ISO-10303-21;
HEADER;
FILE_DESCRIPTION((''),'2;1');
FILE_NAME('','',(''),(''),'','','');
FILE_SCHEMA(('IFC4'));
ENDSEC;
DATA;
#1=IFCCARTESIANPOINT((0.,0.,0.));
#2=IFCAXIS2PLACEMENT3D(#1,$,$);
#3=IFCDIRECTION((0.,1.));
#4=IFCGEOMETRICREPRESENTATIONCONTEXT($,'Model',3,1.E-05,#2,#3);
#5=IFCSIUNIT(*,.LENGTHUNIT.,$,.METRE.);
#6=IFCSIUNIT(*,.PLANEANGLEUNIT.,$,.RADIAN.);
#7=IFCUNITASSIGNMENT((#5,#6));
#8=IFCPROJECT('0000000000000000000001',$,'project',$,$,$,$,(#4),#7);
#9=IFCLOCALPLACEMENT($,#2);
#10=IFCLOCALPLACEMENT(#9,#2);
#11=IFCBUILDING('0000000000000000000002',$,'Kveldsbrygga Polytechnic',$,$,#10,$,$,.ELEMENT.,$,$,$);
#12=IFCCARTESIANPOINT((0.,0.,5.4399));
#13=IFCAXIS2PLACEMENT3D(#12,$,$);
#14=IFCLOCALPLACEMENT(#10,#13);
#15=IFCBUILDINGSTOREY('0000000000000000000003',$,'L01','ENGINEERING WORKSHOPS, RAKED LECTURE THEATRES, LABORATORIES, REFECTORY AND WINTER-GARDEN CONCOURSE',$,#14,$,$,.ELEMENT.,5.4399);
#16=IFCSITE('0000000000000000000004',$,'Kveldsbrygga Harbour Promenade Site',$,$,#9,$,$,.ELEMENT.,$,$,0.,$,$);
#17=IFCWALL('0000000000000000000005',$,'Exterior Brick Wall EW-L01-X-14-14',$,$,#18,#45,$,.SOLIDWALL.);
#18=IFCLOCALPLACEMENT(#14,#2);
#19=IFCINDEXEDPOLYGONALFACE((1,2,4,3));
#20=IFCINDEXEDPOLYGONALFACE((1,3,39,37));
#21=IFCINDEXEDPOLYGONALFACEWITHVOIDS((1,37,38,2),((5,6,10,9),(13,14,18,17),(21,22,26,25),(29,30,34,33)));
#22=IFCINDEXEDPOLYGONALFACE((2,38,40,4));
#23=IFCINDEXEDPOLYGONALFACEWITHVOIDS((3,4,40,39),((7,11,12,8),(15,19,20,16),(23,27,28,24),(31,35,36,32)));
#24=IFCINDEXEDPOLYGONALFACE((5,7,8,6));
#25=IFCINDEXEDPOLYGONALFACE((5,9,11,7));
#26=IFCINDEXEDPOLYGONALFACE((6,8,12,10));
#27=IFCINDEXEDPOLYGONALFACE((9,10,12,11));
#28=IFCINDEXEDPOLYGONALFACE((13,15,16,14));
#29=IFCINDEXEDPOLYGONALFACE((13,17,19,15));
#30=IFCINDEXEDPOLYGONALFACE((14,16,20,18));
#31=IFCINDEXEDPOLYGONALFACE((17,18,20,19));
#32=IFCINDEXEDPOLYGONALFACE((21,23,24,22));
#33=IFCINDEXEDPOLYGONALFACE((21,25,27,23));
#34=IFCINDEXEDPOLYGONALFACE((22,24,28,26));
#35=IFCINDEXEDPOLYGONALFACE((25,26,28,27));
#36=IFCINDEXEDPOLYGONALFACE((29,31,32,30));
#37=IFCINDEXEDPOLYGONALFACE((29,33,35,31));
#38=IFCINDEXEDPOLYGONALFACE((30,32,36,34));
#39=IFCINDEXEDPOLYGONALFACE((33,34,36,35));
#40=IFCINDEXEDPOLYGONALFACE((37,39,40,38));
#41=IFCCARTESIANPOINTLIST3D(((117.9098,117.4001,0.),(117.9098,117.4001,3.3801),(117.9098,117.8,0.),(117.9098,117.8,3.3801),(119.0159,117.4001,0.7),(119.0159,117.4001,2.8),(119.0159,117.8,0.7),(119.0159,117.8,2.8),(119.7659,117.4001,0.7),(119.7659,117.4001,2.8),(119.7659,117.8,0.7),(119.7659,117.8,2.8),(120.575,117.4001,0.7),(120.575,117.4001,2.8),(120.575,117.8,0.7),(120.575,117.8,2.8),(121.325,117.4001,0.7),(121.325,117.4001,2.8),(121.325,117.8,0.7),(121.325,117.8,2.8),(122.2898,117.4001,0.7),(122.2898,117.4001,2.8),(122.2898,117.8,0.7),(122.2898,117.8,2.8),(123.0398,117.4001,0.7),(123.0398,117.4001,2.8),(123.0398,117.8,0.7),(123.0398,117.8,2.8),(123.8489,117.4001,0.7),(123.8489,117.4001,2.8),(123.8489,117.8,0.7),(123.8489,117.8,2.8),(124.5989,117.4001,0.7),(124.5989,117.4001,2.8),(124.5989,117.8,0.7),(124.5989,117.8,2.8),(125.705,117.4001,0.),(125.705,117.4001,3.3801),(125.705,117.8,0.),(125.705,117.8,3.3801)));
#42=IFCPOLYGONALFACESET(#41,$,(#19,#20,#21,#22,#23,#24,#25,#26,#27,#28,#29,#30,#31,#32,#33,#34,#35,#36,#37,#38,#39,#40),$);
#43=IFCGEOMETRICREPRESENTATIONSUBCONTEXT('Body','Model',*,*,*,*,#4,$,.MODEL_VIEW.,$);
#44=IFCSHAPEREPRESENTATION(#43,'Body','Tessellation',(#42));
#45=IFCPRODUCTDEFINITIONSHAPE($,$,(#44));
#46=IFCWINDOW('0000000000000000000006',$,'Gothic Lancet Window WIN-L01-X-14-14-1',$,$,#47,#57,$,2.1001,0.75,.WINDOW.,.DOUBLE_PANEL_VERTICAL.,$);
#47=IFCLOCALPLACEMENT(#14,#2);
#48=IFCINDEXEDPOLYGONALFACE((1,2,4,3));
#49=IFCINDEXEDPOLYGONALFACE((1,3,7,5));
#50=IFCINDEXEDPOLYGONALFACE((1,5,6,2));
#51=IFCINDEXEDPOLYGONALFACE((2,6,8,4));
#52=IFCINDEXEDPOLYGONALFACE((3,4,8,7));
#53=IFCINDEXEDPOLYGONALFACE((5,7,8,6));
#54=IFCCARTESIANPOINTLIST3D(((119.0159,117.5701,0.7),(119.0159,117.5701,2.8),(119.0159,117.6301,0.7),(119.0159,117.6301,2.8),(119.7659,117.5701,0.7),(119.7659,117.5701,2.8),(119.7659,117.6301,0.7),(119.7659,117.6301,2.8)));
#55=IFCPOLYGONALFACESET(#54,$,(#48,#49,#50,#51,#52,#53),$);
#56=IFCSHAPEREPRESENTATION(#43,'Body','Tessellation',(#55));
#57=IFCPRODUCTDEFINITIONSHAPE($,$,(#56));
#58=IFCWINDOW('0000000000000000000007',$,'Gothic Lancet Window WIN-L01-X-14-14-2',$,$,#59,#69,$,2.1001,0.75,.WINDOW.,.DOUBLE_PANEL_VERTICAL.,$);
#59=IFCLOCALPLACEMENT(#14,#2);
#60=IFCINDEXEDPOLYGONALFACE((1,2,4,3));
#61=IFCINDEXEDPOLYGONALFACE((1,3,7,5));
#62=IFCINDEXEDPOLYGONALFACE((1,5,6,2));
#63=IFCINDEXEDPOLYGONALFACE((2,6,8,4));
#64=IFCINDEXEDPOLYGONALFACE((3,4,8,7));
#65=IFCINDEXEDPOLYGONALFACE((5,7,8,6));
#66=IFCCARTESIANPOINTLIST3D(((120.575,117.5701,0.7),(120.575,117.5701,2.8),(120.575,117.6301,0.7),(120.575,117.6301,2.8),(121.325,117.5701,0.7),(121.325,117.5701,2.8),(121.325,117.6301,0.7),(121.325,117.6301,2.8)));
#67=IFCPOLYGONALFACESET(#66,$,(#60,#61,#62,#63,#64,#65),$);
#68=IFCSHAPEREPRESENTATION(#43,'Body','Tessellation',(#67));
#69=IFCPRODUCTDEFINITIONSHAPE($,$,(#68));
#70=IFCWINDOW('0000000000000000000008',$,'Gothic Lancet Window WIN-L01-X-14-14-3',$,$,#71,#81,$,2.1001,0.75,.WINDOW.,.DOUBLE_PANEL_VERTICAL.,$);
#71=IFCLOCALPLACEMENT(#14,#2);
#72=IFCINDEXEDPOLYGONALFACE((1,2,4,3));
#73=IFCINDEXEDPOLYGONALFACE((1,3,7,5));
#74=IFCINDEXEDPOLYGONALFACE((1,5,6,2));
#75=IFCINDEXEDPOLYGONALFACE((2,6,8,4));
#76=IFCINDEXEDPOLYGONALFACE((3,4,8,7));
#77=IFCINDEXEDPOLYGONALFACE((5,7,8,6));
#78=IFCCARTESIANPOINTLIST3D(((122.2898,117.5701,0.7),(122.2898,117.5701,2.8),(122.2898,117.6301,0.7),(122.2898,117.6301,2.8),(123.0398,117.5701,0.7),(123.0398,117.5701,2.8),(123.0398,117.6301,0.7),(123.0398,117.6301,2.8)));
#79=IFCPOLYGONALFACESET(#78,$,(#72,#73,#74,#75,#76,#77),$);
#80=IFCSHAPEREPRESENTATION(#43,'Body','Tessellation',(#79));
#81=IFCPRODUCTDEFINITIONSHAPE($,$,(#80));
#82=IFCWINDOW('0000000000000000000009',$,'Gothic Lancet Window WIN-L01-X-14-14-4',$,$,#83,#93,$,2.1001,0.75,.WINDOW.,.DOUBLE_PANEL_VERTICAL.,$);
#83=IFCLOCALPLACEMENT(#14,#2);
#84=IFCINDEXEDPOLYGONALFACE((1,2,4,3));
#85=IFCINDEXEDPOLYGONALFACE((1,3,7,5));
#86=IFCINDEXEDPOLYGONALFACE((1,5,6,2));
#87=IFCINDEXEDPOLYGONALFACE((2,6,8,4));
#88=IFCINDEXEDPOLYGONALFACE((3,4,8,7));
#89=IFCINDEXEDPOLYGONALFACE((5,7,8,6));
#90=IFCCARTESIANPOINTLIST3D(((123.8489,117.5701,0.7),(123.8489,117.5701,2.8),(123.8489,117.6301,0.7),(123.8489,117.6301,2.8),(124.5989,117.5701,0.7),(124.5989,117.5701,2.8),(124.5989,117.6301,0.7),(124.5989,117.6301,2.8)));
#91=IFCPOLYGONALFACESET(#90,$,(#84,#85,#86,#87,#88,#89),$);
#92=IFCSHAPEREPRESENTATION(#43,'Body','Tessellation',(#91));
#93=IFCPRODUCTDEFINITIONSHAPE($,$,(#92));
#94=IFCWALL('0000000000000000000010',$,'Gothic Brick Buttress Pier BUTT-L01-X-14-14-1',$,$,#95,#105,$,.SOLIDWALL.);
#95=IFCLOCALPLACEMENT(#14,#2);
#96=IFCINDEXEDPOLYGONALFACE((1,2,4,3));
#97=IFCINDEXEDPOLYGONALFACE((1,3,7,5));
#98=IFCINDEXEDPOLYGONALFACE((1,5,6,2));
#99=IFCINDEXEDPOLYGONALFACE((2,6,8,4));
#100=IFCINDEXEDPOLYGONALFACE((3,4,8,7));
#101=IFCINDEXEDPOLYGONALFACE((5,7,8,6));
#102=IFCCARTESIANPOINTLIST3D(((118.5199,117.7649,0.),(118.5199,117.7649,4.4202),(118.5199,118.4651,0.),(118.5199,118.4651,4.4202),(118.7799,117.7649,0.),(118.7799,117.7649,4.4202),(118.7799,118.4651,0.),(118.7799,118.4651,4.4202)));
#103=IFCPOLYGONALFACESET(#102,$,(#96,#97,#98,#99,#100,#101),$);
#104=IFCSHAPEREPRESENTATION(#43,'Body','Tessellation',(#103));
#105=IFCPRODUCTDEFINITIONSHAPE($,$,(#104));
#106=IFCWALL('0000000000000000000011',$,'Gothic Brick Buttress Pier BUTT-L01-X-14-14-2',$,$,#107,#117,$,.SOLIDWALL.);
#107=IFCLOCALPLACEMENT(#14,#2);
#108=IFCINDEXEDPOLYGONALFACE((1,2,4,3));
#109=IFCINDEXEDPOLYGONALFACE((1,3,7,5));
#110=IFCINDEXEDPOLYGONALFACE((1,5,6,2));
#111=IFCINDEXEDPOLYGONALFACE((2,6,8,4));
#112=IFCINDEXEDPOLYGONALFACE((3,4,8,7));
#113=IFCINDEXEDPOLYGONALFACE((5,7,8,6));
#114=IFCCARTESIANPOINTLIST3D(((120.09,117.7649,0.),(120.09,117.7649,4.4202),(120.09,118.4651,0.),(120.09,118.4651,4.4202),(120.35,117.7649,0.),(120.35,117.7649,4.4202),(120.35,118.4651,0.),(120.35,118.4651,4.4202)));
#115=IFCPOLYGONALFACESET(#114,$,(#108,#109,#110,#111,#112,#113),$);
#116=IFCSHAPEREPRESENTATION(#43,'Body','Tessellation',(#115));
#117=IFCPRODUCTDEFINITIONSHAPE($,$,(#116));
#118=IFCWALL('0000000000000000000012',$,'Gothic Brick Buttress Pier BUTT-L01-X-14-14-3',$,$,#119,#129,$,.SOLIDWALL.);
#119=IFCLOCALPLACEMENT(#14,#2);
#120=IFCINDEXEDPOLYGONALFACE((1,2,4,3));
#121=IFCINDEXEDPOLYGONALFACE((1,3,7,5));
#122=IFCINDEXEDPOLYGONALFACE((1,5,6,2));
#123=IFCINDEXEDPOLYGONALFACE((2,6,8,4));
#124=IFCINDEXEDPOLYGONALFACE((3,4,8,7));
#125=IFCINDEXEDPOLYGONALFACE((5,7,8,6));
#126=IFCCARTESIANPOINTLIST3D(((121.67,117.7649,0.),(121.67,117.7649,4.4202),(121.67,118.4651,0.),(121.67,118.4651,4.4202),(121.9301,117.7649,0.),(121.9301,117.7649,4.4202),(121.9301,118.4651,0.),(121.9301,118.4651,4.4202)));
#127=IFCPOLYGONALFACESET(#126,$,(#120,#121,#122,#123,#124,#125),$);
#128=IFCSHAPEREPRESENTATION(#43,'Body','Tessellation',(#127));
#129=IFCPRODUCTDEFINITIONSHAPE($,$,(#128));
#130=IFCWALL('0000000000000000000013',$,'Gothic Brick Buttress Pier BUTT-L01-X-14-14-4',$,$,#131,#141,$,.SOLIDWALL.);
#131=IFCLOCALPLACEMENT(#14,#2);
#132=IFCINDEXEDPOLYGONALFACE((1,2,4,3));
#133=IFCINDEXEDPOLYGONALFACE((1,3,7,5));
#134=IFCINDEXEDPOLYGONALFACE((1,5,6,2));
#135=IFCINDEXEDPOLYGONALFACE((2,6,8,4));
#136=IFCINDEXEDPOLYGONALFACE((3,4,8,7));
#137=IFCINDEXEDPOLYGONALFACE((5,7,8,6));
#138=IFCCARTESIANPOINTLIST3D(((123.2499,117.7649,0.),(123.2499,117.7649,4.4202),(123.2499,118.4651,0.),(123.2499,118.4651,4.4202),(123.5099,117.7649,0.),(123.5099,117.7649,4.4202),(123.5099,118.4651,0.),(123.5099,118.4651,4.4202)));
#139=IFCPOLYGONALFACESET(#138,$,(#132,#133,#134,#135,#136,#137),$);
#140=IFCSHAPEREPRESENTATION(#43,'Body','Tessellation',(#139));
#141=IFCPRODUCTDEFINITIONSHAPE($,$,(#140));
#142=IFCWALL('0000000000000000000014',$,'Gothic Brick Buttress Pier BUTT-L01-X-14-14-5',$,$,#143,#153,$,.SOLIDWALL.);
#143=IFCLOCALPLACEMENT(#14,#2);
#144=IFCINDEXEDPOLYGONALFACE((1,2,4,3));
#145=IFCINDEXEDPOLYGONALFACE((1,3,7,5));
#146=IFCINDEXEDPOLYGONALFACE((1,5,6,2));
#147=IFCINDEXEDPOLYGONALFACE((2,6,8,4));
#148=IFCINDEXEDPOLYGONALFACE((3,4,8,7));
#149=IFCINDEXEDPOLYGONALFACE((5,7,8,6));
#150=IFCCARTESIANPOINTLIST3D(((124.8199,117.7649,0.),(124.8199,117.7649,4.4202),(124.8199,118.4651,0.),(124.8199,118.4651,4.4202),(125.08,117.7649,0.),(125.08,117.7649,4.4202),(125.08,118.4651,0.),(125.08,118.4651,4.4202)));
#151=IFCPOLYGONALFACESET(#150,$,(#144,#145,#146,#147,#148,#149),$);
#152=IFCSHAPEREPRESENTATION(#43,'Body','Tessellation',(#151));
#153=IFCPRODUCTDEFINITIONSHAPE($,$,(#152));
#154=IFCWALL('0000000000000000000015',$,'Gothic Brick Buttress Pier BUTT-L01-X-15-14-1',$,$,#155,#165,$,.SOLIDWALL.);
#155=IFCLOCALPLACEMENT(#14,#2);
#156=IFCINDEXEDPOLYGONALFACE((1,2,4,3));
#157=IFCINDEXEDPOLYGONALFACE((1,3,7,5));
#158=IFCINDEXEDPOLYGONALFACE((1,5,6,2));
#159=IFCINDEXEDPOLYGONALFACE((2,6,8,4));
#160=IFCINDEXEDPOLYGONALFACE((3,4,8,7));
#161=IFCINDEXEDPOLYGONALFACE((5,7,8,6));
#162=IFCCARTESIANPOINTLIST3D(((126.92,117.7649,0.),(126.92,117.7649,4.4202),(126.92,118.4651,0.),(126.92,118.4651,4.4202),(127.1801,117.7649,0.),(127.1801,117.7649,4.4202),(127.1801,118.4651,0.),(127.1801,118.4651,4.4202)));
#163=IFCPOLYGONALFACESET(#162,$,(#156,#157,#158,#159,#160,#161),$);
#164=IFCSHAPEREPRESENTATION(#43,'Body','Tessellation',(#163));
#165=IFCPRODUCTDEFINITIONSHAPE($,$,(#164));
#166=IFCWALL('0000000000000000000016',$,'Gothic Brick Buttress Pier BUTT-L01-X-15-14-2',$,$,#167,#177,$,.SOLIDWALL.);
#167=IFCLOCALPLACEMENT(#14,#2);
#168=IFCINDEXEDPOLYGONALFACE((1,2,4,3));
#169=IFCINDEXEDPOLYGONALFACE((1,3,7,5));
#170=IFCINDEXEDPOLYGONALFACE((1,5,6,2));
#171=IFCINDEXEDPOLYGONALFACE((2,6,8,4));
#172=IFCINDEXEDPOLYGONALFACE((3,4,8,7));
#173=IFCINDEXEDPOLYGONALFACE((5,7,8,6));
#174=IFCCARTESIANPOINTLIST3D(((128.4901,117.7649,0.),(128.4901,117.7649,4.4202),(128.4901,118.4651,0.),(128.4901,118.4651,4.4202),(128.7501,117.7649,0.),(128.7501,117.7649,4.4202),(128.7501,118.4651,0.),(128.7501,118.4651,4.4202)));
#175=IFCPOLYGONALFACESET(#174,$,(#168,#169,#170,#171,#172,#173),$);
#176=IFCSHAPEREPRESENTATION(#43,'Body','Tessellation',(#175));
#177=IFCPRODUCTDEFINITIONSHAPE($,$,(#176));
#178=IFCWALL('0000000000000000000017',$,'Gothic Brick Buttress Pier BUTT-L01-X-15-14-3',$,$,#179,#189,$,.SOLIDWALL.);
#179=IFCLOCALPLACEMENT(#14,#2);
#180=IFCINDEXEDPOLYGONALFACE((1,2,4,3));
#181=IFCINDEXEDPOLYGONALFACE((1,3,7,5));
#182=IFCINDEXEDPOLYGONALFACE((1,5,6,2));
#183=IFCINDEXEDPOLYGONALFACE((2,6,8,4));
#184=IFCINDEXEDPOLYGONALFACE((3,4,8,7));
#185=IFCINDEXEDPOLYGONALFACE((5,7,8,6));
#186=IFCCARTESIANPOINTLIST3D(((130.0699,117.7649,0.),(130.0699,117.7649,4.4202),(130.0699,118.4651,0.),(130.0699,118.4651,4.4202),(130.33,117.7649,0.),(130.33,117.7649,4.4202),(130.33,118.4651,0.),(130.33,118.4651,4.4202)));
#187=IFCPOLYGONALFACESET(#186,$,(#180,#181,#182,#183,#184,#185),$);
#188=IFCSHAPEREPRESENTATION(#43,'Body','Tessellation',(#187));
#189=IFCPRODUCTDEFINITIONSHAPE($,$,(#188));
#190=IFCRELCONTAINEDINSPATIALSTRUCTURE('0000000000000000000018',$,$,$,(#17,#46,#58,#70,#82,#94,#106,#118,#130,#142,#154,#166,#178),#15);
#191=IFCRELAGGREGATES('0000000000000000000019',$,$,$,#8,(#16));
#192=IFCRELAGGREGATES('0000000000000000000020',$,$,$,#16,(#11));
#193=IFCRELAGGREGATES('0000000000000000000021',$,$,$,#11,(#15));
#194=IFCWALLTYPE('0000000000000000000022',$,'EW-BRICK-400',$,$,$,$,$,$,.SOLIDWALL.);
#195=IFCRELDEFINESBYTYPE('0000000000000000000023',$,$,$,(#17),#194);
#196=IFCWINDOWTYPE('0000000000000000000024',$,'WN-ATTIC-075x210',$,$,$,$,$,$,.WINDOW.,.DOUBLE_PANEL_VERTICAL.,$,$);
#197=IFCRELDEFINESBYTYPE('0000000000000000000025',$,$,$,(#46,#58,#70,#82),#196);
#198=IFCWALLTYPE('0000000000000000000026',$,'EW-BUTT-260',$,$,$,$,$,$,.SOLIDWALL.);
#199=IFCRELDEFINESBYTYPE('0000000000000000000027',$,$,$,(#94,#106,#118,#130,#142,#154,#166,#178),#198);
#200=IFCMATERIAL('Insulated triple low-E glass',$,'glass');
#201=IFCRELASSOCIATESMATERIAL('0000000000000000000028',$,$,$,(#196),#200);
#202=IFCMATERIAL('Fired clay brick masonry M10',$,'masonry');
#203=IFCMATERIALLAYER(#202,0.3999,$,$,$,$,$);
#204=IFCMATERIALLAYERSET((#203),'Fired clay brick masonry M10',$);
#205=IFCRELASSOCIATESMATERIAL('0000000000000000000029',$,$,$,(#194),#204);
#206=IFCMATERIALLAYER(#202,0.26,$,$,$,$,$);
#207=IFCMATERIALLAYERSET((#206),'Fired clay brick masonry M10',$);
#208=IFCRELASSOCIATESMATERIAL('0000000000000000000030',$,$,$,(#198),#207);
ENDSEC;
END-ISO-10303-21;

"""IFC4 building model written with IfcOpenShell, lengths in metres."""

from ifc_helpers import new_model, si_unit, direction, frame, frame_2d, origin, place, context, subcontext, project, spatial, rectangle, extrude, material, layer, layer_set, type_object, element, fill, save


model = new_model("IFC4")

# Units and contexts
model_context = context("Model", 3, precision=1e-05, world=origin(), true_north=direction((0.0, 1.0)))
body_context = subcontext(model_context, "Body", "Model", "MODEL_VIEW")
ifc_project = project(units=[si_unit("LENGTHUNIT", "METRE"), si_unit("PLANEANGLEUNIT", "RADIAN")], contexts=[model_context])

# Site, building, storey
site_placement = place(None, origin())
site = spatial("IfcSite", under=ifc_project, at=site_placement, Name="Kveldsbrygga Harbour Promenade Site", CompositionType="ELEMENT", RefElevation=0.0)
building_placement = place(site_placement, origin())
building = spatial("IfcBuilding", under=site, at=building_placement, Name="Kveldsbrygga Polytechnic", CompositionType="ELEMENT")
storey_placement = place(building_placement, frame((0.0, 0.0, 5.4399)))
storey = spatial("IfcBuildingStorey", under=building, at=storey_placement, Name="L01", Description="ENGINEERING WORKSHOPS, RAKED LECTURE THEATRES, LABORATORIES, REFECTORY AND WINTER-GARDEN CONCOURSE", CompositionType="ELEMENT", Elevation=5.4399)

# Wall, openings, windows
ifc_material_1 = material(Name="Fired clay brick masonry M10", Category="masonry")
ifc_material_2 = material(Name="Insulated triple low-E glass", Category="glass")
window_type = type_object("IfcWindowType", Name="WN-ATTIC-075x210", PartitioningType="DOUBLE_PANEL_VERTICAL", PredefinedType="WINDOW", material=ifc_material_2)
ifc_layer_1 = layer(ifc_material_1, 0.3999)
ifc_layer_set_1 = layer_set([ifc_layer_1], Name="Fired clay brick masonry M10")
wall_type_1 = type_object("IfcWallType", Name="EW-BRICK-400", PredefinedType="SOLIDWALL", material=ifc_layer_set_1)
wall_1_placement = place(storey_placement, frame((117.9099, 117.6001, 0.0), z_axis=(0.0, 0.0, 1.0), x_axis=(1.0, 0.0, 0.0)))
wall_1 = element("IfcWall", 1, at=wall_1_placement, inside=storey, type_object=wall_type_1, Name="Exterior Brick Wall EW-L01-X-14-14", PredefinedType="SOLIDWALL", context=body_context, shape_type="SweptSolid", body=[
    extrude(rectangle(XDim=7.7952, YDim=0.3999, at=frame_2d((3.8975, 0.0))), origin(), (0.0, 0.0, 1.0), 3.3801),
])
opening_1_placement = place(wall_1_placement, frame((1.106, 0.0, 0.7)))
opening_1 = element("IfcOpeningElement", 2, at=opening_1_placement, cuts=wall_1, PredefinedType="OPENING", context=body_context, shape_type="SweptSolid", body=[
    extrude(rectangle(XDim=0.75, YDim=2.1001, at=frame_2d((0.375, 1.05))), frame((0.0, 0.21, 0.0), z_axis=(0.0, -1.0, 0.0), x_axis=(1.0, 0.0, 0.0)), (0.0, 0.0, 1.0), 0.4199),
])
opening_2_placement = place(wall_1_placement, frame((2.665, 0.0, 0.7)))
opening_2 = element("IfcOpeningElement", 3, at=opening_2_placement, cuts=wall_1, PredefinedType="OPENING", context=body_context, shape_type="SweptSolid", body=[
    extrude(rectangle(XDim=0.75, YDim=2.1001, at=frame_2d((0.375, 1.05))), frame((0.0, 0.21, 0.0), z_axis=(0.0, -1.0, 0.0), x_axis=(1.0, 0.0, 0.0)), (0.0, 0.0, 1.0), 0.4199),
])
opening_3_placement = place(wall_1_placement, frame((4.3799, 0.0, 0.7)))
opening_3 = element("IfcOpeningElement", 4, at=opening_3_placement, cuts=wall_1, PredefinedType="OPENING", context=body_context, shape_type="SweptSolid", body=[
    extrude(rectangle(XDim=0.75, YDim=2.1001, at=frame_2d((0.375, 1.05))), frame((0.0, 0.21, 0.0), z_axis=(0.0, -1.0, 0.0), x_axis=(1.0, 0.0, 0.0)), (0.0, 0.0, 1.0), 0.4199),
])
opening_4_placement = place(wall_1_placement, frame((5.939, 0.0, 0.7)))
opening_4 = element("IfcOpeningElement", 5, at=opening_4_placement, cuts=wall_1, PredefinedType="OPENING", context=body_context, shape_type="SweptSolid", body=[
    extrude(rectangle(XDim=0.75, YDim=2.1001, at=frame_2d((0.375, 1.05))), frame((0.0, 0.21, 0.0), z_axis=(0.0, -1.0, 0.0), x_axis=(1.0, 0.0, 0.0)), (0.0, 0.0, 1.0), 0.4199),
])
window_1_placement = place(opening_1_placement, origin())
window_1 = element("IfcWindow", 6, at=window_1_placement, inside=storey, type_object=window_type, Name="Gothic Lancet Window WIN-L01-X-14-14-1", OverallHeight=2.1001, OverallWidth=0.75, PartitioningType="DOUBLE_PANEL_VERTICAL", PredefinedType="WINDOW", context=body_context, shape_type="SweptSolid", body=[
    extrude(rectangle(XDim=0.75, YDim=2.1001, at=frame_2d((0.375, 1.05))), frame((0.0, 0.03, 0.0), z_axis=(0.0, -1.0, 0.0), x_axis=(1.0, 0.0, 0.0)), (0.0, 0.0, 1.0), 0.0601),
])
fill(opening_1, window_1)
window_2_placement = place(opening_2_placement, origin())
window_2 = element("IfcWindow", 7, at=window_2_placement, inside=storey, type_object=window_type, Name="Gothic Lancet Window WIN-L01-X-14-14-2", OverallHeight=2.1001, OverallWidth=0.75, PartitioningType="DOUBLE_PANEL_VERTICAL", PredefinedType="WINDOW", context=body_context, shape_type="SweptSolid", body=[
    extrude(rectangle(XDim=0.75, YDim=2.1001, at=frame_2d((0.375, 1.05))), frame((0.0, 0.03, 0.0), z_axis=(0.0, -1.0, 0.0), x_axis=(1.0, 0.0, 0.0)), (0.0, 0.0, 1.0), 0.0601),
])
fill(opening_2, window_2)
window_3_placement = place(opening_3_placement, origin())
window_3 = element("IfcWindow", 8, at=window_3_placement, inside=storey, type_object=window_type, Name="Gothic Lancet Window WIN-L01-X-14-14-3", OverallHeight=2.1001, OverallWidth=0.75, PartitioningType="DOUBLE_PANEL_VERTICAL", PredefinedType="WINDOW", context=body_context, shape_type="SweptSolid", body=[
    extrude(rectangle(XDim=0.75, YDim=2.1001, at=frame_2d((0.375, 1.05))), frame((0.0, 0.03, 0.0), z_axis=(0.0, -1.0, 0.0), x_axis=(1.0, 0.0, 0.0)), (0.0, 0.0, 1.0), 0.0601),
])
fill(opening_3, window_3)
window_4_placement = place(opening_4_placement, origin())
window_4 = element("IfcWindow", 9, at=window_4_placement, inside=storey, type_object=window_type, Name="Gothic Lancet Window WIN-L01-X-14-14-4", OverallHeight=2.1001, OverallWidth=0.75, PartitioningType="DOUBLE_PANEL_VERTICAL", PredefinedType="WINDOW", context=body_context, shape_type="SweptSolid", body=[
    extrude(rectangle(XDim=0.75, YDim=2.1001, at=frame_2d((0.375, 1.05))), frame((0.0, 0.03, 0.0), z_axis=(0.0, -1.0, 0.0), x_axis=(1.0, 0.0, 0.0)), (0.0, 0.0, 1.0), 0.0601),
])
fill(opening_4, window_4)

# Walls
ifc_layer_2 = layer(ifc_material_1, 0.26)
ifc_layer_set_2 = layer_set([ifc_layer_2], Name="Fired clay brick masonry M10")
wall_type_2 = type_object("IfcWallType", Name="EW-BUTT-260", PredefinedType="SOLIDWALL", material=ifc_layer_set_2)
for number, where, z_axis, x_axis, name in (
    (10, (118.6499, 117.7649, 0.0), (0.0, 0.0, 1.0), (0.0, 1.0, 0.0), "Gothic Brick Buttress Pier BUTT-L01-X-14-14-1"),
    (11, (120.22, 117.7649, 0.0), (0.0, 0.0, 1.0), (0.0, 1.0, 0.0), "Gothic Brick Buttress Pier BUTT-L01-X-14-14-2"),
    (12, (121.8, 117.7649, 0.0), (0.0, 0.0, 1.0), (0.0, 1.0, 0.0), "Gothic Brick Buttress Pier BUTT-L01-X-14-14-3"),
    (13, (123.3799, 117.7649, 0.0), (0.0, 0.0, 1.0), (0.0, 1.0, 0.0), "Gothic Brick Buttress Pier BUTT-L01-X-14-14-4"),
    (14, (124.95, 117.7649, 0.0), (0.0, 0.0, 1.0), (0.0, 1.0, 0.0), "Gothic Brick Buttress Pier BUTT-L01-X-14-14-5"),
    (15, (127.05, 117.7649, 0.0), (0.0, 0.0, 1.0), (0.0, 1.0, 0.0), "Gothic Brick Buttress Pier BUTT-L01-X-15-14-1"),
    (16, (128.6201, 117.7649, 0.0), (0.0, 0.0, 1.0), (0.0, 1.0, 0.0), "Gothic Brick Buttress Pier BUTT-L01-X-15-14-2"),
    (17, (130.2, 117.7649, 0.0), (0.0, 0.0, 1.0), (0.0, 1.0, 0.0), "Gothic Brick Buttress Pier BUTT-L01-X-15-14-3"),
):
    element("IfcWall", number, at=place(storey_placement, frame(where, z_axis=z_axis, x_axis=x_axis)), inside=storey, type_object=wall_type_2, Name=name, PredefinedType="SOLIDWALL", context=body_context, shape_type="SweptSolid", body=[
        extrude(rectangle(XDim=0.7002, YDim=0.26, at=frame_2d((0.3501, 0.0))), origin(), (0.0, 0.0, 1.0), 4.4202),
    ])

save(model, "model.ifc")
